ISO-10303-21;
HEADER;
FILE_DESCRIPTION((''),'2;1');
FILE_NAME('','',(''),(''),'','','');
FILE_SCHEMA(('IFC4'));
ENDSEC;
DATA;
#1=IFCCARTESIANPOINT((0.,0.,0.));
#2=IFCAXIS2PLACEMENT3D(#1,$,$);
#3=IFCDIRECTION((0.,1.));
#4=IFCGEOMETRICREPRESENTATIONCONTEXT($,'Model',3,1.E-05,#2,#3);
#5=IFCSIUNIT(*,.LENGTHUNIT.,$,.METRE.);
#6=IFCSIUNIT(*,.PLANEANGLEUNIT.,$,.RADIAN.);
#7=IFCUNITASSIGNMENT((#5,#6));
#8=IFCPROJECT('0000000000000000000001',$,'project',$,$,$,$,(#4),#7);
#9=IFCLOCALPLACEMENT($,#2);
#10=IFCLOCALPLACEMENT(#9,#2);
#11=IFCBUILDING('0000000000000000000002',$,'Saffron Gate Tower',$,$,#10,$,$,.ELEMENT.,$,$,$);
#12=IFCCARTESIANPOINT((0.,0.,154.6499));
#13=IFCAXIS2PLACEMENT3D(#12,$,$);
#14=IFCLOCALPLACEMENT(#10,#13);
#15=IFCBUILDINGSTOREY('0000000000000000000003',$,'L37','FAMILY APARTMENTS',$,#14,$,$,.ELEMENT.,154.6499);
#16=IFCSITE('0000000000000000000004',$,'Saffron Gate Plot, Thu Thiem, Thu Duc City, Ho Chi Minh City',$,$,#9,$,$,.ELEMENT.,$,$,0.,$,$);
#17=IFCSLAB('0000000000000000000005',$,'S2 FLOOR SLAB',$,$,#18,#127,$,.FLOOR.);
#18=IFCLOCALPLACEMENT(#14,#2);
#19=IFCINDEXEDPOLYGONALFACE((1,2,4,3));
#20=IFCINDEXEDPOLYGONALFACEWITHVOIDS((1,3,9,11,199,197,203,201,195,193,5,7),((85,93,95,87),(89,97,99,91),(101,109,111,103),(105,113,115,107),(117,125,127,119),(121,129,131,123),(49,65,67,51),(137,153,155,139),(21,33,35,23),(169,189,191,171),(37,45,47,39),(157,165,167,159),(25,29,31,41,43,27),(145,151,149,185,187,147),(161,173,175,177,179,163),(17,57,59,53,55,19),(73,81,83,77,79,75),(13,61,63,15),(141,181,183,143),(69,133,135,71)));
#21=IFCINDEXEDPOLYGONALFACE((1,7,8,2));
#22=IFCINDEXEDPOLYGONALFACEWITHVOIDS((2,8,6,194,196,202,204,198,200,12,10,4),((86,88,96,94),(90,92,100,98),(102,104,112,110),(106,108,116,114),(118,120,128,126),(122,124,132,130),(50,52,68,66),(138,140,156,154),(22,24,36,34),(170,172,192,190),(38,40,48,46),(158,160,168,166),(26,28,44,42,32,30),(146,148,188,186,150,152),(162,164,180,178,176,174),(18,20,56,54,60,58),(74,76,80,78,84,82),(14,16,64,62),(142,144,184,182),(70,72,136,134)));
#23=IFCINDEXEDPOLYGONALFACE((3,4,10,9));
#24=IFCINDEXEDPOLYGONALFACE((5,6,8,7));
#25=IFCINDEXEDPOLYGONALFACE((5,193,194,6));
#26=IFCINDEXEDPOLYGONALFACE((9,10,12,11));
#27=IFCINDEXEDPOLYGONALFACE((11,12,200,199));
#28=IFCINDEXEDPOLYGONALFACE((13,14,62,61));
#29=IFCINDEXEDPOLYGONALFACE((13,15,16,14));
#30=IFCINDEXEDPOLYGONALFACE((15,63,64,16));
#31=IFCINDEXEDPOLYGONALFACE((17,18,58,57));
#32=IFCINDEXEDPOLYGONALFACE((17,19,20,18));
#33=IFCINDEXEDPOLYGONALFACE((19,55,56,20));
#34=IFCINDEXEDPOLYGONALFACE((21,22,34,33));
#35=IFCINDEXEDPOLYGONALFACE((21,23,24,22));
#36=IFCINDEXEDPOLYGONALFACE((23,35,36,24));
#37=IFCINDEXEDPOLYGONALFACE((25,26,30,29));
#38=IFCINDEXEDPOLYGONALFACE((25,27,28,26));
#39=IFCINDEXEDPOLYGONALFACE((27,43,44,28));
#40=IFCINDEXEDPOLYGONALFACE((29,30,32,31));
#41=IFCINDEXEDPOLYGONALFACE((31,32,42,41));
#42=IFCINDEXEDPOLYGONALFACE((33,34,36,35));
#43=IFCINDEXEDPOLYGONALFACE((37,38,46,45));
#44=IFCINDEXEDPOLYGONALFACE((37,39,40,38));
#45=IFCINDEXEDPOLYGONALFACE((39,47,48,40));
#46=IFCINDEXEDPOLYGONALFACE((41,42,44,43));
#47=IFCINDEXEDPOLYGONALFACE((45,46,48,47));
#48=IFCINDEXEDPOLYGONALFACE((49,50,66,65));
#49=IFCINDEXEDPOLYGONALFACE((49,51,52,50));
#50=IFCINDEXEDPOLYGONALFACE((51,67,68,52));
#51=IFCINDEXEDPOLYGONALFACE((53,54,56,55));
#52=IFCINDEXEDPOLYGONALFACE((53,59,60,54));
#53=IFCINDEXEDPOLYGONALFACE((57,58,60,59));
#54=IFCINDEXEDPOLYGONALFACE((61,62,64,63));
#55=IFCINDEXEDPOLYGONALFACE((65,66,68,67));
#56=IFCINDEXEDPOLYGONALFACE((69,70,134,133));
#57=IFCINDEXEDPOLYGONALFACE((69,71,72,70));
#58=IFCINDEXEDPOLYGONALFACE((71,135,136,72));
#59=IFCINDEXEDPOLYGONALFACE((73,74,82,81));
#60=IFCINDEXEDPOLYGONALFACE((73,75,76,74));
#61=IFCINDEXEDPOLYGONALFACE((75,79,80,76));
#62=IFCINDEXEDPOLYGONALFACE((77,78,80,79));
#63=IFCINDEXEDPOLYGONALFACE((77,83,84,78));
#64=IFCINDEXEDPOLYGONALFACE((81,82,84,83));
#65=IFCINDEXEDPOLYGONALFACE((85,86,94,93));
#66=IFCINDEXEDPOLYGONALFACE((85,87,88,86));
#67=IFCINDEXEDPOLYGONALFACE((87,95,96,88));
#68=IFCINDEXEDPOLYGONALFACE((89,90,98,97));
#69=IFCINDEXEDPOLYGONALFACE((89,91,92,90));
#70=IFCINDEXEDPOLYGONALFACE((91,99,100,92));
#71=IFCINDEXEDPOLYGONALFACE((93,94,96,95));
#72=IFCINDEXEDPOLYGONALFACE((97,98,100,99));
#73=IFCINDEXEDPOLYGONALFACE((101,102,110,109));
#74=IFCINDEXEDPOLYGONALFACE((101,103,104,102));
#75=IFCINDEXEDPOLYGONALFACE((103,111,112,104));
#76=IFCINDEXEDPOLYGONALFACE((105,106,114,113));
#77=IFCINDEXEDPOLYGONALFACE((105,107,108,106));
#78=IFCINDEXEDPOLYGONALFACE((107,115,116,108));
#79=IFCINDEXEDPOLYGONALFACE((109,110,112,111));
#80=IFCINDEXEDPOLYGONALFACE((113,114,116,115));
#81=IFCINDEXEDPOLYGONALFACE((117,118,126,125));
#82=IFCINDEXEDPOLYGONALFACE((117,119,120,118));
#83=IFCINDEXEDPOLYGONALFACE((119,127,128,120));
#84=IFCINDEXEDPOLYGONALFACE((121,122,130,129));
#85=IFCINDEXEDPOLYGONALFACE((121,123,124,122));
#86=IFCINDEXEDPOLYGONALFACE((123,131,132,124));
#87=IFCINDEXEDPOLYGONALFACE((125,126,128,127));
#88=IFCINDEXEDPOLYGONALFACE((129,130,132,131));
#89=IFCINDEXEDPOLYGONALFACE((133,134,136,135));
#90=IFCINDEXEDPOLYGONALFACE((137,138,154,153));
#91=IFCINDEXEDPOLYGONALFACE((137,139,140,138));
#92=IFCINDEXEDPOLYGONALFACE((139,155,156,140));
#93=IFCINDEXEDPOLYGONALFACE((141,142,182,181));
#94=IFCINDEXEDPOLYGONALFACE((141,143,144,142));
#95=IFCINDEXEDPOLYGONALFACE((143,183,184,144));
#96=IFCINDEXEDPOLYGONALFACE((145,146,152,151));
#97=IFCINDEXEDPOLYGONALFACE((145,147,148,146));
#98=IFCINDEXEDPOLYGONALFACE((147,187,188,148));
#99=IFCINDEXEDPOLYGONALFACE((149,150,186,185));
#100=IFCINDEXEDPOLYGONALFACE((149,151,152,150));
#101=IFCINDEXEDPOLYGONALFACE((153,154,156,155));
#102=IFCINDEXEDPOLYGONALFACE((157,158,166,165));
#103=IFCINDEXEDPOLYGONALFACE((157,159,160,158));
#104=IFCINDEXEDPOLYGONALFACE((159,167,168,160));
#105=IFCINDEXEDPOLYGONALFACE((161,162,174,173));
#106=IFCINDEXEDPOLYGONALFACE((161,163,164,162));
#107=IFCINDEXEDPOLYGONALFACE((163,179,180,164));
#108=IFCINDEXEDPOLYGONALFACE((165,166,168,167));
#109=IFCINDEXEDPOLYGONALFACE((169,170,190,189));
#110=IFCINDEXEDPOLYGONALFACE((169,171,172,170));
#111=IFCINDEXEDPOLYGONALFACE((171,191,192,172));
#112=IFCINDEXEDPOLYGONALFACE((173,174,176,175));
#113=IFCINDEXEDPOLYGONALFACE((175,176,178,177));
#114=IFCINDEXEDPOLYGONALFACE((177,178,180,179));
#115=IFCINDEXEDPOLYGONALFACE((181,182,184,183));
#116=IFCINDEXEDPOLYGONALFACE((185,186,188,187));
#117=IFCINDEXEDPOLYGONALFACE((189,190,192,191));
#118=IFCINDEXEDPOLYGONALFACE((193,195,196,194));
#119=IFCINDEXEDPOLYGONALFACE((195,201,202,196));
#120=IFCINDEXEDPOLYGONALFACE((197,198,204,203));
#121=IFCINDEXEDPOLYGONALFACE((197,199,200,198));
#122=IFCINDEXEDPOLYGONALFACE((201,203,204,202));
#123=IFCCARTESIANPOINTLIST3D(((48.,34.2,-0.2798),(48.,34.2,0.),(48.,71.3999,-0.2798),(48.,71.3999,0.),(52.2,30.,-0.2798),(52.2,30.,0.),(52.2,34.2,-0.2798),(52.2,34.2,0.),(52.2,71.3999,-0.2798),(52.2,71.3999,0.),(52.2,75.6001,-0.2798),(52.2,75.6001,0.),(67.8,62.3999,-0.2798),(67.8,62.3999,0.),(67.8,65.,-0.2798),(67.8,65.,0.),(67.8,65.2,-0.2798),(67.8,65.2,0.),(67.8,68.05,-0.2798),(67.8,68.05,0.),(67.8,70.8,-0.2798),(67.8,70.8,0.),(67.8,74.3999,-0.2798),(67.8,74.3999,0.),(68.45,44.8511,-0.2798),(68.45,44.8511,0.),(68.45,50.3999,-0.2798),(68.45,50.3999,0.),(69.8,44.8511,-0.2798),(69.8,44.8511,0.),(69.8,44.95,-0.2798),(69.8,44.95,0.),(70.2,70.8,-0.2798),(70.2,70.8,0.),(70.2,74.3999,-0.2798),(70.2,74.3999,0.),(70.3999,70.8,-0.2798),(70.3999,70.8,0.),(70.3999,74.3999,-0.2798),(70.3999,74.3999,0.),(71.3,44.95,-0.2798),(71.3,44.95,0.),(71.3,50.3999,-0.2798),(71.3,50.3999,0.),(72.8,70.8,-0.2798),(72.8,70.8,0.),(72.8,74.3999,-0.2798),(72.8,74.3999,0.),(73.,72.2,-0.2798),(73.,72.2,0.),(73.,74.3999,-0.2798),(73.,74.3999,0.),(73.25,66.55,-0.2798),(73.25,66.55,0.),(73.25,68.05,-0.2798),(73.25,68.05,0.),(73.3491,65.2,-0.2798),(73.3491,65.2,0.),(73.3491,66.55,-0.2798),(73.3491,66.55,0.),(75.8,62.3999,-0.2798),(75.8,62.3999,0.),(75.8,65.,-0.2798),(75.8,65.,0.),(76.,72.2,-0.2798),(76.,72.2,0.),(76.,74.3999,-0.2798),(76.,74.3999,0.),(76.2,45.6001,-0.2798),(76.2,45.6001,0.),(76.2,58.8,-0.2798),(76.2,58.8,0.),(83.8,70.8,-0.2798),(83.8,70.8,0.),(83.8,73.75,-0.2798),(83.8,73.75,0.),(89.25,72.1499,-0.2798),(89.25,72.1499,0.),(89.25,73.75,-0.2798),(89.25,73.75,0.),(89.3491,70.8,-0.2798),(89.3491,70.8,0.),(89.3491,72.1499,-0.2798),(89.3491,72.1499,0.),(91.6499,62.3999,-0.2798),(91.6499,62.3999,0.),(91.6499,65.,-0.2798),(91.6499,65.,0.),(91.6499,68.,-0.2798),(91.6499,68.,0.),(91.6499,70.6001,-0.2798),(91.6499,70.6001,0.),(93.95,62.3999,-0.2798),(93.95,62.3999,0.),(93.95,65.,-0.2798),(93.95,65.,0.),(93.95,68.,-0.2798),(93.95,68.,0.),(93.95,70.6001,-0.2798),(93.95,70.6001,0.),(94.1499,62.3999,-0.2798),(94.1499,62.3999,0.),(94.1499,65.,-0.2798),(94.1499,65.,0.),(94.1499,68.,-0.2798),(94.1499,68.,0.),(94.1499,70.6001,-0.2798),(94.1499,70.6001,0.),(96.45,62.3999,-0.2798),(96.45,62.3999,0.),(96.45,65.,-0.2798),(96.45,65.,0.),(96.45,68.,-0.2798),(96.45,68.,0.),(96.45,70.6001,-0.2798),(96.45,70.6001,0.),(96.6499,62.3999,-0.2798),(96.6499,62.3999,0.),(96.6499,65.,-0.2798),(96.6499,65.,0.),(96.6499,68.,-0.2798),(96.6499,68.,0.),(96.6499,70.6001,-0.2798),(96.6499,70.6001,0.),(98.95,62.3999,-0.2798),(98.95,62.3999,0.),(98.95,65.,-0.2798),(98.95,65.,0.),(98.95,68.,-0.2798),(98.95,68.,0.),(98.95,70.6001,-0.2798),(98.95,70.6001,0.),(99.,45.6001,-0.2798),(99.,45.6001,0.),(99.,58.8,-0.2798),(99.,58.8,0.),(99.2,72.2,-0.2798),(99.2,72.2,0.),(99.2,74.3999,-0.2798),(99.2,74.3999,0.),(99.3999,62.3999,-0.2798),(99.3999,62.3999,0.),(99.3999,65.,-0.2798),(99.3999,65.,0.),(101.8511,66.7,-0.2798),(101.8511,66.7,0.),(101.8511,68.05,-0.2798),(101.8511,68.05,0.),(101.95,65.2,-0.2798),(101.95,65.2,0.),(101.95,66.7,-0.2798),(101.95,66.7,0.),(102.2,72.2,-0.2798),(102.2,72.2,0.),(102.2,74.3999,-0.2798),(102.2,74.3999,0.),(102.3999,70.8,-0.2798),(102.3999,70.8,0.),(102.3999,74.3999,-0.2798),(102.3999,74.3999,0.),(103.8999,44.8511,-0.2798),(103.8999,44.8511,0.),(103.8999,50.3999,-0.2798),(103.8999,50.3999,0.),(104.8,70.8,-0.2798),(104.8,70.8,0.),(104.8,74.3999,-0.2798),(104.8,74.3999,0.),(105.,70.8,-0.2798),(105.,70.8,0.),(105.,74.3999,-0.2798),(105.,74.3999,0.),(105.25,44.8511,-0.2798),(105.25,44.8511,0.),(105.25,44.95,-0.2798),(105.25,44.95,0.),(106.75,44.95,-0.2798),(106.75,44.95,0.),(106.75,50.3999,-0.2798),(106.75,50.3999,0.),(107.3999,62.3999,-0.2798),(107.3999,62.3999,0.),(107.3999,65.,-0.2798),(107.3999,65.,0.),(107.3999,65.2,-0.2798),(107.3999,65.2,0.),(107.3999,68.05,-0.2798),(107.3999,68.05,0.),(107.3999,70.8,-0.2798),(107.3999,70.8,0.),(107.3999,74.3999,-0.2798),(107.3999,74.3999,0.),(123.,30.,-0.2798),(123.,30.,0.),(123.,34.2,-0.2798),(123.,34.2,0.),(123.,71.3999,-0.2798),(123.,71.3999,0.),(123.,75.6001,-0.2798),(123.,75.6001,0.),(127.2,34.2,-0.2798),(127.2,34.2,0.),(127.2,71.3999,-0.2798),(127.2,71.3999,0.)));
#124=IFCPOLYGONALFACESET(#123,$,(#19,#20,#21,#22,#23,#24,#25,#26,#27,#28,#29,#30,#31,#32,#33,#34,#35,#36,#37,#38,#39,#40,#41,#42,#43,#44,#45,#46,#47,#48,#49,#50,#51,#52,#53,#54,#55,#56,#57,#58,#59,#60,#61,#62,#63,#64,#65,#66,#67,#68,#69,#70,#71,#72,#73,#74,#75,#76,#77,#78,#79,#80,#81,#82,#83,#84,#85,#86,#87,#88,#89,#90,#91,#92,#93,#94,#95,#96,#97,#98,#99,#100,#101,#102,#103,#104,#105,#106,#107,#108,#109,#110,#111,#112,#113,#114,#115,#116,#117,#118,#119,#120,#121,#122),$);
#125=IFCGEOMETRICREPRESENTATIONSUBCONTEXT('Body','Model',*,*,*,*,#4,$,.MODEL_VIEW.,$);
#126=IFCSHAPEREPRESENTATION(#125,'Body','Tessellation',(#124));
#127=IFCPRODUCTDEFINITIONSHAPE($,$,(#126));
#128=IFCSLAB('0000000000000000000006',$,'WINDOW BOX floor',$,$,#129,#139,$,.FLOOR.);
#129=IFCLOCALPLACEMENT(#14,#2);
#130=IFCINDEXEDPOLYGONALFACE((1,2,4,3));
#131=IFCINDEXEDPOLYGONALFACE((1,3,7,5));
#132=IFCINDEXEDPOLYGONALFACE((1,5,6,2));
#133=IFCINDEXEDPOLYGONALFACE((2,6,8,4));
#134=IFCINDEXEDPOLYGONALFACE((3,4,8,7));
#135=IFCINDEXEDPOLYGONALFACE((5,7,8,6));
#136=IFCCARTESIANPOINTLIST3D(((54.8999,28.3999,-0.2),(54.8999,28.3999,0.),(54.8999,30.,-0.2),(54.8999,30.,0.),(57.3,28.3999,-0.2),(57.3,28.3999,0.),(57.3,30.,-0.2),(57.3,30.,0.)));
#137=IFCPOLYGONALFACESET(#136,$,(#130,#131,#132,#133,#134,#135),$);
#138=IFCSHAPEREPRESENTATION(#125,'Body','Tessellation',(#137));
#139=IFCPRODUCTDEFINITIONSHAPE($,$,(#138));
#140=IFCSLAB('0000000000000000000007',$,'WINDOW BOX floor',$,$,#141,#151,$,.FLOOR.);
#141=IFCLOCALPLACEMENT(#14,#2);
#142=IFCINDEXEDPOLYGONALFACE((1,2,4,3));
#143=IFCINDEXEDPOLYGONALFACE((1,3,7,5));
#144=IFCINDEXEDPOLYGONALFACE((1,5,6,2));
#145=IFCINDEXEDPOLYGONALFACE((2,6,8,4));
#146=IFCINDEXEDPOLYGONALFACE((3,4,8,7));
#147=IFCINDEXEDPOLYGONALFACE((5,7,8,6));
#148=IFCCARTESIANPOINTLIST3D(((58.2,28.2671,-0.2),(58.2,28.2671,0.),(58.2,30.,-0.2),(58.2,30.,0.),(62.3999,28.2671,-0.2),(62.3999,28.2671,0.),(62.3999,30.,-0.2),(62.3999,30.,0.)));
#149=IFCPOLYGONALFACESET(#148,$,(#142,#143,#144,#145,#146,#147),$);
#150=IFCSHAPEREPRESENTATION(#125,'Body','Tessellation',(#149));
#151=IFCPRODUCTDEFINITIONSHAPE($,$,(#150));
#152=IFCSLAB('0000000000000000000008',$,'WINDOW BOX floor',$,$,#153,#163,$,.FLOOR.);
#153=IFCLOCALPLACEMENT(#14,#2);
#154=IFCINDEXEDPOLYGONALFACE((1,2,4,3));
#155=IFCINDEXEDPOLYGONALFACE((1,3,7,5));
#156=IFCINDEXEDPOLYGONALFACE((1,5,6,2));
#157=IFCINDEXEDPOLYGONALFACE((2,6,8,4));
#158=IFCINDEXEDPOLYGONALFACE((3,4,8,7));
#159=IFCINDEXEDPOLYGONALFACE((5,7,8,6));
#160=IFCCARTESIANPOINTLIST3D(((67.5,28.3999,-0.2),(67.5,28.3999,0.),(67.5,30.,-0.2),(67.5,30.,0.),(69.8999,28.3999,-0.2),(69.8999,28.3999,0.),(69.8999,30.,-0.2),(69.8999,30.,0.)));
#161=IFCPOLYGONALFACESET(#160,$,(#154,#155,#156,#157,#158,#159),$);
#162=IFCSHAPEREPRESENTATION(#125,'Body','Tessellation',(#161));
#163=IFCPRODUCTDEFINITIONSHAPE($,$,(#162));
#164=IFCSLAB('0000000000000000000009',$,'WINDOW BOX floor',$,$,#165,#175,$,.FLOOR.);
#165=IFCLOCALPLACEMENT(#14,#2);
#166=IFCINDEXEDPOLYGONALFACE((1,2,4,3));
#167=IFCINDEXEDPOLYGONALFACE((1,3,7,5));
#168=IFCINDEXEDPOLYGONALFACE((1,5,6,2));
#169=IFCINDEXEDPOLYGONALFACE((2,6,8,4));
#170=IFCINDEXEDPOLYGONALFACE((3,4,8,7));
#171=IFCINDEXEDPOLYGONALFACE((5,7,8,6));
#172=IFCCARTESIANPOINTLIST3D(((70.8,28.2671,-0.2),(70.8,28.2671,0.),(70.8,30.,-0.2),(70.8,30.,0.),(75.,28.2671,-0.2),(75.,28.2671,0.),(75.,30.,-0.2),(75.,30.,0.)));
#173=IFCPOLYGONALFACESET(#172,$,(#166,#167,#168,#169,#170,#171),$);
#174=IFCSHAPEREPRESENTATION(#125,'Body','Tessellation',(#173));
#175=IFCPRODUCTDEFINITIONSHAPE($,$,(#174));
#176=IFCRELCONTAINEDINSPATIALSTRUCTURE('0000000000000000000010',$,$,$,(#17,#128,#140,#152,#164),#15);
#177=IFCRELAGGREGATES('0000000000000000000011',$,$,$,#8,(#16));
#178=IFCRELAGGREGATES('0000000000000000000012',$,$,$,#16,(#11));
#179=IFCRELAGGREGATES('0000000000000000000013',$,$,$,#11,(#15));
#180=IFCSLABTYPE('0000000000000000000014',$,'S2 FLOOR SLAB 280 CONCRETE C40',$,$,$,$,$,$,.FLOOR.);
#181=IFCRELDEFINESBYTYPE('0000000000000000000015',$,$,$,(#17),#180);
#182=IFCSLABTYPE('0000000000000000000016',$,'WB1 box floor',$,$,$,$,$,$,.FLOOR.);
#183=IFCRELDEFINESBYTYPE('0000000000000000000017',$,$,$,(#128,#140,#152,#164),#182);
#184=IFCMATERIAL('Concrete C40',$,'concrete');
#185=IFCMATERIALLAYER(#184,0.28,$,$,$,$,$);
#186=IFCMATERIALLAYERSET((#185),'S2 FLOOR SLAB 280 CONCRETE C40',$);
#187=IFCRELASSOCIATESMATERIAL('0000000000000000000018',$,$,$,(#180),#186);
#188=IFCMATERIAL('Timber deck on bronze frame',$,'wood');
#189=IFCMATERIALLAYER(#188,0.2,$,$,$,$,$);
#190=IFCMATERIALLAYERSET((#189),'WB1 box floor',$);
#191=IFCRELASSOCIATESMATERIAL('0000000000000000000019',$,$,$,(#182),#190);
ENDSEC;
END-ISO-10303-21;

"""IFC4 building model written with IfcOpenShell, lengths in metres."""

from ifc_helpers import new_model, si_unit, direction, frame, origin, place, context, subcontext, project, spatial, polyline, outline, extrude, material, layer, layer_set, type_object, element, save


model = new_model("IFC4")

# Units and contexts
model_context = context("Model", 3, precision=1e-05, world=origin(), true_north=direction((0.0, 1.0)))
body_context = subcontext(model_context, "Body", "Model", "MODEL_VIEW")
ifc_project = project(units=[si_unit("LENGTHUNIT", "METRE"), si_unit("PLANEANGLEUNIT", "RADIAN")], contexts=[model_context])

# Site, building, storey
site_placement = place(None, origin())
site = spatial("IfcSite", under=ifc_project, at=site_placement, Name="Saffron Gate Plot, Thu Thiem, Thu Duc City, Ho Chi Minh City", CompositionType="ELEMENT", RefElevation=0.0)
building_placement = place(site_placement, origin())
building = spatial("IfcBuilding", under=site, at=building_placement, Name="Saffron Gate Tower", CompositionType="ELEMENT")
storey_placement = place(building_placement, frame((0.0, 0.0, 154.6499)))
storey = spatial("IfcBuildingStorey", under=building, at=storey_placement, Name="L37", Description="FAMILY APARTMENTS", CompositionType="ELEMENT", Elevation=154.6499)

# Slabs
ifc_material_1 = material(Name="Concrete C40", Category="concrete")
ifc_layer_1 = layer(ifc_material_1, 0.28)
ifc_layer_set_1 = layer_set([ifc_layer_1], Name="S2 FLOOR SLAB 280 CONCRETE C40")
slab_type_1 = type_object("IfcSlabType", Name="S2 FLOOR SLAB 280 CONCRETE C40", PredefinedType="FLOOR", material=ifc_layer_set_1)
slab_1_placement = place(storey_placement, frame((0.0, 0.0, -0.2798)))
element("IfcSlab", 1, at=slab_1_placement, inside=storey, type_object=slab_type_1, Name="S2 FLOOR SLAB", PredefinedType="FLOOR", context=body_context, shape_type="SweptSolid", body=[
    extrude(outline(polyline([(48.0, 34.2), (52.2, 34.2), (52.2, 30.0), (123.0, 30.0), (123.0, 34.2), (127.2, 34.2), (127.2, 71.3999), (123.0, 71.3999), (123.0, 75.6001), (52.2, 75.6001), (52.2, 71.3999), (48.0, 71.3999), (48.0, 34.2)]), holes=[polyline([(67.8, 62.3999), (67.8, 65.0), (75.8, 65.0), (75.8, 62.3999), (67.8, 62.3999)]), polyline([(67.8, 65.2), (67.8, 68.05), (73.25, 68.05), (73.25, 66.55), (73.3491, 66.55), (73.3491, 65.2), (67.8, 65.2)]), polyline([(67.8, 70.8), (67.8, 74.3999), (70.2, 74.3999), (70.2, 70.8), (67.8, 70.8)]), polyline([(68.45, 44.8511), (68.45, 50.3999), (71.3, 50.3999), (71.3, 44.95), (69.8, 44.95), (69.8, 44.8511), (68.45, 44.8511)]), polyline([(70.3999, 70.8), (70.3999, 74.3999), (72.8, 74.3999), (72.8, 70.8), (70.3999, 70.8)]), polyline([(73.0, 72.2), (73.0, 74.3999), (76.0, 74.3999), (76.0, 72.2), (73.0, 72.2)]), polyline([(76.2, 45.6001), (76.2, 58.8), (99.0, 58.8), (99.0, 45.6001), (76.2, 45.6001)]), polyline([(83.8, 70.8), (83.8, 73.75), (89.25, 73.75), (89.25, 72.1499), (89.3491, 72.1499), (89.3491, 70.8), (83.8, 70.8)]), polyline([(91.6499, 62.3999), (91.6499, 65.0), (93.95, 65.0), (93.95, 62.3999), (91.6499, 62.3999)]), polyline([(91.6499, 68.0), (91.6499, 70.6001), (93.95, 70.6001), (93.95, 68.0), (91.6499, 68.0)]), polyline([(94.1499, 62.3999), (94.1499, 65.0), (96.45, 65.0), (96.45, 62.3999), (94.1499, 62.3999)]), polyline([(94.1499, 68.0), (94.1499, 70.6001), (96.45, 70.6001), (96.45, 68.0), (94.1499, 68.0)]), polyline([(96.6499, 62.3999), (96.6499, 65.0), (98.95, 65.0), (98.95, 62.3999), (96.6499, 62.3999)]), polyline([(96.6499, 68.0), (96.6499, 70.6001), (98.95, 70.6001), (98.95, 68.0), (96.6499, 68.0)]), polyline([(99.2, 72.2), (99.2, 74.3999), (102.2, 74.3999), (102.2, 72.2), (99.2, 72.2)]), polyline([(99.3999, 62.3999), (99.3999, 65.0), (107.3999, 65.0), (107.3999, 62.3999), (99.3999, 62.3999)]), polyline([(101.8511, 66.7), (101.8511, 68.05), (107.3999, 68.05), (107.3999, 65.2), (101.95, 65.2), (101.95, 66.7), (101.8511, 66.7)]), polyline([(102.3999, 70.8), (102.3999, 74.3999), (104.8, 74.3999), (104.8, 70.8), (102.3999, 70.8)]), polyline([(103.8999, 44.8511), (103.8999, 50.3999), (106.75, 50.3999), (106.75, 44.95), (105.25, 44.95), (105.25, 44.8511), (103.8999, 44.8511)]), polyline([(105.0, 70.8), (105.0, 74.3999), (107.3999, 74.3999), (107.3999, 70.8), (105.0, 70.8)])]), origin(), (0.0, 0.0, 1.0), 0.2798),
])
ifc_material_2 = material(Name="Timber deck on bronze frame", Category="wood")
ifc_layer_2 = layer(ifc_material_2, 0.2)
ifc_layer_set_2 = layer_set([ifc_layer_2], Name="WB1 box floor")
slab_type_2 = type_object("IfcSlabType", Name="WB1 box floor", PredefinedType="FLOOR", material=ifc_layer_set_2)
slab_2_placement = place(storey_placement, frame((0.0, 0.0, -0.2)))
element("IfcSlab", 2, at=slab_2_placement, inside=storey, type_object=slab_type_2, Name="WINDOW BOX floor", PredefinedType="FLOOR", context=body_context, shape_type="SweptSolid", body=[
    extrude(outline(polyline([(54.8999, 30.0), (57.3, 30.0), (57.3, 28.3999), (54.8999, 28.3999), (54.8999, 30.0)])), origin(), (0.0, 0.0, 1.0), 0.2),
])
slab_3_placement = place(storey_placement, frame((0.0, 0.0, -0.2)))
element("IfcSlab", 3, at=slab_3_placement, inside=storey, type_object=slab_type_2, Name="WINDOW BOX floor", PredefinedType="FLOOR", context=body_context, shape_type="SweptSolid", body=[
    extrude(outline(polyline([(58.2, 30.0), (62.3999, 30.0), (62.3999, 28.2671), (58.2, 28.2671), (58.2, 30.0)])), origin(), (0.0, 0.0, 1.0), 0.2),
])
slab_4_placement = place(storey_placement, frame((0.0, 0.0, -0.2)))
element("IfcSlab", 4, at=slab_4_placement, inside=storey, type_object=slab_type_2, Name="WINDOW BOX floor", PredefinedType="FLOOR", context=body_context, shape_type="SweptSolid", body=[
    extrude(outline(polyline([(67.5, 30.0), (69.8999, 30.0), (69.8999, 28.3999), (67.5, 28.3999), (67.5, 30.0)])), origin(), (0.0, 0.0, 1.0), 0.2),
])
slab_5_placement = place(storey_placement, frame((0.0, 0.0, -0.2)))
element("IfcSlab", 5, at=slab_5_placement, inside=storey, type_object=slab_type_2, Name="WINDOW BOX floor", PredefinedType="FLOOR", context=body_context, shape_type="SweptSolid", body=[
    extrude(outline(polyline([(70.8, 30.0), (75.0, 30.0), (75.0, 28.2671), (70.8, 28.2671), (70.8, 30.0)])), origin(), (0.0, 0.0, 1.0), 0.2),
])

save(model, "model.ifc")
